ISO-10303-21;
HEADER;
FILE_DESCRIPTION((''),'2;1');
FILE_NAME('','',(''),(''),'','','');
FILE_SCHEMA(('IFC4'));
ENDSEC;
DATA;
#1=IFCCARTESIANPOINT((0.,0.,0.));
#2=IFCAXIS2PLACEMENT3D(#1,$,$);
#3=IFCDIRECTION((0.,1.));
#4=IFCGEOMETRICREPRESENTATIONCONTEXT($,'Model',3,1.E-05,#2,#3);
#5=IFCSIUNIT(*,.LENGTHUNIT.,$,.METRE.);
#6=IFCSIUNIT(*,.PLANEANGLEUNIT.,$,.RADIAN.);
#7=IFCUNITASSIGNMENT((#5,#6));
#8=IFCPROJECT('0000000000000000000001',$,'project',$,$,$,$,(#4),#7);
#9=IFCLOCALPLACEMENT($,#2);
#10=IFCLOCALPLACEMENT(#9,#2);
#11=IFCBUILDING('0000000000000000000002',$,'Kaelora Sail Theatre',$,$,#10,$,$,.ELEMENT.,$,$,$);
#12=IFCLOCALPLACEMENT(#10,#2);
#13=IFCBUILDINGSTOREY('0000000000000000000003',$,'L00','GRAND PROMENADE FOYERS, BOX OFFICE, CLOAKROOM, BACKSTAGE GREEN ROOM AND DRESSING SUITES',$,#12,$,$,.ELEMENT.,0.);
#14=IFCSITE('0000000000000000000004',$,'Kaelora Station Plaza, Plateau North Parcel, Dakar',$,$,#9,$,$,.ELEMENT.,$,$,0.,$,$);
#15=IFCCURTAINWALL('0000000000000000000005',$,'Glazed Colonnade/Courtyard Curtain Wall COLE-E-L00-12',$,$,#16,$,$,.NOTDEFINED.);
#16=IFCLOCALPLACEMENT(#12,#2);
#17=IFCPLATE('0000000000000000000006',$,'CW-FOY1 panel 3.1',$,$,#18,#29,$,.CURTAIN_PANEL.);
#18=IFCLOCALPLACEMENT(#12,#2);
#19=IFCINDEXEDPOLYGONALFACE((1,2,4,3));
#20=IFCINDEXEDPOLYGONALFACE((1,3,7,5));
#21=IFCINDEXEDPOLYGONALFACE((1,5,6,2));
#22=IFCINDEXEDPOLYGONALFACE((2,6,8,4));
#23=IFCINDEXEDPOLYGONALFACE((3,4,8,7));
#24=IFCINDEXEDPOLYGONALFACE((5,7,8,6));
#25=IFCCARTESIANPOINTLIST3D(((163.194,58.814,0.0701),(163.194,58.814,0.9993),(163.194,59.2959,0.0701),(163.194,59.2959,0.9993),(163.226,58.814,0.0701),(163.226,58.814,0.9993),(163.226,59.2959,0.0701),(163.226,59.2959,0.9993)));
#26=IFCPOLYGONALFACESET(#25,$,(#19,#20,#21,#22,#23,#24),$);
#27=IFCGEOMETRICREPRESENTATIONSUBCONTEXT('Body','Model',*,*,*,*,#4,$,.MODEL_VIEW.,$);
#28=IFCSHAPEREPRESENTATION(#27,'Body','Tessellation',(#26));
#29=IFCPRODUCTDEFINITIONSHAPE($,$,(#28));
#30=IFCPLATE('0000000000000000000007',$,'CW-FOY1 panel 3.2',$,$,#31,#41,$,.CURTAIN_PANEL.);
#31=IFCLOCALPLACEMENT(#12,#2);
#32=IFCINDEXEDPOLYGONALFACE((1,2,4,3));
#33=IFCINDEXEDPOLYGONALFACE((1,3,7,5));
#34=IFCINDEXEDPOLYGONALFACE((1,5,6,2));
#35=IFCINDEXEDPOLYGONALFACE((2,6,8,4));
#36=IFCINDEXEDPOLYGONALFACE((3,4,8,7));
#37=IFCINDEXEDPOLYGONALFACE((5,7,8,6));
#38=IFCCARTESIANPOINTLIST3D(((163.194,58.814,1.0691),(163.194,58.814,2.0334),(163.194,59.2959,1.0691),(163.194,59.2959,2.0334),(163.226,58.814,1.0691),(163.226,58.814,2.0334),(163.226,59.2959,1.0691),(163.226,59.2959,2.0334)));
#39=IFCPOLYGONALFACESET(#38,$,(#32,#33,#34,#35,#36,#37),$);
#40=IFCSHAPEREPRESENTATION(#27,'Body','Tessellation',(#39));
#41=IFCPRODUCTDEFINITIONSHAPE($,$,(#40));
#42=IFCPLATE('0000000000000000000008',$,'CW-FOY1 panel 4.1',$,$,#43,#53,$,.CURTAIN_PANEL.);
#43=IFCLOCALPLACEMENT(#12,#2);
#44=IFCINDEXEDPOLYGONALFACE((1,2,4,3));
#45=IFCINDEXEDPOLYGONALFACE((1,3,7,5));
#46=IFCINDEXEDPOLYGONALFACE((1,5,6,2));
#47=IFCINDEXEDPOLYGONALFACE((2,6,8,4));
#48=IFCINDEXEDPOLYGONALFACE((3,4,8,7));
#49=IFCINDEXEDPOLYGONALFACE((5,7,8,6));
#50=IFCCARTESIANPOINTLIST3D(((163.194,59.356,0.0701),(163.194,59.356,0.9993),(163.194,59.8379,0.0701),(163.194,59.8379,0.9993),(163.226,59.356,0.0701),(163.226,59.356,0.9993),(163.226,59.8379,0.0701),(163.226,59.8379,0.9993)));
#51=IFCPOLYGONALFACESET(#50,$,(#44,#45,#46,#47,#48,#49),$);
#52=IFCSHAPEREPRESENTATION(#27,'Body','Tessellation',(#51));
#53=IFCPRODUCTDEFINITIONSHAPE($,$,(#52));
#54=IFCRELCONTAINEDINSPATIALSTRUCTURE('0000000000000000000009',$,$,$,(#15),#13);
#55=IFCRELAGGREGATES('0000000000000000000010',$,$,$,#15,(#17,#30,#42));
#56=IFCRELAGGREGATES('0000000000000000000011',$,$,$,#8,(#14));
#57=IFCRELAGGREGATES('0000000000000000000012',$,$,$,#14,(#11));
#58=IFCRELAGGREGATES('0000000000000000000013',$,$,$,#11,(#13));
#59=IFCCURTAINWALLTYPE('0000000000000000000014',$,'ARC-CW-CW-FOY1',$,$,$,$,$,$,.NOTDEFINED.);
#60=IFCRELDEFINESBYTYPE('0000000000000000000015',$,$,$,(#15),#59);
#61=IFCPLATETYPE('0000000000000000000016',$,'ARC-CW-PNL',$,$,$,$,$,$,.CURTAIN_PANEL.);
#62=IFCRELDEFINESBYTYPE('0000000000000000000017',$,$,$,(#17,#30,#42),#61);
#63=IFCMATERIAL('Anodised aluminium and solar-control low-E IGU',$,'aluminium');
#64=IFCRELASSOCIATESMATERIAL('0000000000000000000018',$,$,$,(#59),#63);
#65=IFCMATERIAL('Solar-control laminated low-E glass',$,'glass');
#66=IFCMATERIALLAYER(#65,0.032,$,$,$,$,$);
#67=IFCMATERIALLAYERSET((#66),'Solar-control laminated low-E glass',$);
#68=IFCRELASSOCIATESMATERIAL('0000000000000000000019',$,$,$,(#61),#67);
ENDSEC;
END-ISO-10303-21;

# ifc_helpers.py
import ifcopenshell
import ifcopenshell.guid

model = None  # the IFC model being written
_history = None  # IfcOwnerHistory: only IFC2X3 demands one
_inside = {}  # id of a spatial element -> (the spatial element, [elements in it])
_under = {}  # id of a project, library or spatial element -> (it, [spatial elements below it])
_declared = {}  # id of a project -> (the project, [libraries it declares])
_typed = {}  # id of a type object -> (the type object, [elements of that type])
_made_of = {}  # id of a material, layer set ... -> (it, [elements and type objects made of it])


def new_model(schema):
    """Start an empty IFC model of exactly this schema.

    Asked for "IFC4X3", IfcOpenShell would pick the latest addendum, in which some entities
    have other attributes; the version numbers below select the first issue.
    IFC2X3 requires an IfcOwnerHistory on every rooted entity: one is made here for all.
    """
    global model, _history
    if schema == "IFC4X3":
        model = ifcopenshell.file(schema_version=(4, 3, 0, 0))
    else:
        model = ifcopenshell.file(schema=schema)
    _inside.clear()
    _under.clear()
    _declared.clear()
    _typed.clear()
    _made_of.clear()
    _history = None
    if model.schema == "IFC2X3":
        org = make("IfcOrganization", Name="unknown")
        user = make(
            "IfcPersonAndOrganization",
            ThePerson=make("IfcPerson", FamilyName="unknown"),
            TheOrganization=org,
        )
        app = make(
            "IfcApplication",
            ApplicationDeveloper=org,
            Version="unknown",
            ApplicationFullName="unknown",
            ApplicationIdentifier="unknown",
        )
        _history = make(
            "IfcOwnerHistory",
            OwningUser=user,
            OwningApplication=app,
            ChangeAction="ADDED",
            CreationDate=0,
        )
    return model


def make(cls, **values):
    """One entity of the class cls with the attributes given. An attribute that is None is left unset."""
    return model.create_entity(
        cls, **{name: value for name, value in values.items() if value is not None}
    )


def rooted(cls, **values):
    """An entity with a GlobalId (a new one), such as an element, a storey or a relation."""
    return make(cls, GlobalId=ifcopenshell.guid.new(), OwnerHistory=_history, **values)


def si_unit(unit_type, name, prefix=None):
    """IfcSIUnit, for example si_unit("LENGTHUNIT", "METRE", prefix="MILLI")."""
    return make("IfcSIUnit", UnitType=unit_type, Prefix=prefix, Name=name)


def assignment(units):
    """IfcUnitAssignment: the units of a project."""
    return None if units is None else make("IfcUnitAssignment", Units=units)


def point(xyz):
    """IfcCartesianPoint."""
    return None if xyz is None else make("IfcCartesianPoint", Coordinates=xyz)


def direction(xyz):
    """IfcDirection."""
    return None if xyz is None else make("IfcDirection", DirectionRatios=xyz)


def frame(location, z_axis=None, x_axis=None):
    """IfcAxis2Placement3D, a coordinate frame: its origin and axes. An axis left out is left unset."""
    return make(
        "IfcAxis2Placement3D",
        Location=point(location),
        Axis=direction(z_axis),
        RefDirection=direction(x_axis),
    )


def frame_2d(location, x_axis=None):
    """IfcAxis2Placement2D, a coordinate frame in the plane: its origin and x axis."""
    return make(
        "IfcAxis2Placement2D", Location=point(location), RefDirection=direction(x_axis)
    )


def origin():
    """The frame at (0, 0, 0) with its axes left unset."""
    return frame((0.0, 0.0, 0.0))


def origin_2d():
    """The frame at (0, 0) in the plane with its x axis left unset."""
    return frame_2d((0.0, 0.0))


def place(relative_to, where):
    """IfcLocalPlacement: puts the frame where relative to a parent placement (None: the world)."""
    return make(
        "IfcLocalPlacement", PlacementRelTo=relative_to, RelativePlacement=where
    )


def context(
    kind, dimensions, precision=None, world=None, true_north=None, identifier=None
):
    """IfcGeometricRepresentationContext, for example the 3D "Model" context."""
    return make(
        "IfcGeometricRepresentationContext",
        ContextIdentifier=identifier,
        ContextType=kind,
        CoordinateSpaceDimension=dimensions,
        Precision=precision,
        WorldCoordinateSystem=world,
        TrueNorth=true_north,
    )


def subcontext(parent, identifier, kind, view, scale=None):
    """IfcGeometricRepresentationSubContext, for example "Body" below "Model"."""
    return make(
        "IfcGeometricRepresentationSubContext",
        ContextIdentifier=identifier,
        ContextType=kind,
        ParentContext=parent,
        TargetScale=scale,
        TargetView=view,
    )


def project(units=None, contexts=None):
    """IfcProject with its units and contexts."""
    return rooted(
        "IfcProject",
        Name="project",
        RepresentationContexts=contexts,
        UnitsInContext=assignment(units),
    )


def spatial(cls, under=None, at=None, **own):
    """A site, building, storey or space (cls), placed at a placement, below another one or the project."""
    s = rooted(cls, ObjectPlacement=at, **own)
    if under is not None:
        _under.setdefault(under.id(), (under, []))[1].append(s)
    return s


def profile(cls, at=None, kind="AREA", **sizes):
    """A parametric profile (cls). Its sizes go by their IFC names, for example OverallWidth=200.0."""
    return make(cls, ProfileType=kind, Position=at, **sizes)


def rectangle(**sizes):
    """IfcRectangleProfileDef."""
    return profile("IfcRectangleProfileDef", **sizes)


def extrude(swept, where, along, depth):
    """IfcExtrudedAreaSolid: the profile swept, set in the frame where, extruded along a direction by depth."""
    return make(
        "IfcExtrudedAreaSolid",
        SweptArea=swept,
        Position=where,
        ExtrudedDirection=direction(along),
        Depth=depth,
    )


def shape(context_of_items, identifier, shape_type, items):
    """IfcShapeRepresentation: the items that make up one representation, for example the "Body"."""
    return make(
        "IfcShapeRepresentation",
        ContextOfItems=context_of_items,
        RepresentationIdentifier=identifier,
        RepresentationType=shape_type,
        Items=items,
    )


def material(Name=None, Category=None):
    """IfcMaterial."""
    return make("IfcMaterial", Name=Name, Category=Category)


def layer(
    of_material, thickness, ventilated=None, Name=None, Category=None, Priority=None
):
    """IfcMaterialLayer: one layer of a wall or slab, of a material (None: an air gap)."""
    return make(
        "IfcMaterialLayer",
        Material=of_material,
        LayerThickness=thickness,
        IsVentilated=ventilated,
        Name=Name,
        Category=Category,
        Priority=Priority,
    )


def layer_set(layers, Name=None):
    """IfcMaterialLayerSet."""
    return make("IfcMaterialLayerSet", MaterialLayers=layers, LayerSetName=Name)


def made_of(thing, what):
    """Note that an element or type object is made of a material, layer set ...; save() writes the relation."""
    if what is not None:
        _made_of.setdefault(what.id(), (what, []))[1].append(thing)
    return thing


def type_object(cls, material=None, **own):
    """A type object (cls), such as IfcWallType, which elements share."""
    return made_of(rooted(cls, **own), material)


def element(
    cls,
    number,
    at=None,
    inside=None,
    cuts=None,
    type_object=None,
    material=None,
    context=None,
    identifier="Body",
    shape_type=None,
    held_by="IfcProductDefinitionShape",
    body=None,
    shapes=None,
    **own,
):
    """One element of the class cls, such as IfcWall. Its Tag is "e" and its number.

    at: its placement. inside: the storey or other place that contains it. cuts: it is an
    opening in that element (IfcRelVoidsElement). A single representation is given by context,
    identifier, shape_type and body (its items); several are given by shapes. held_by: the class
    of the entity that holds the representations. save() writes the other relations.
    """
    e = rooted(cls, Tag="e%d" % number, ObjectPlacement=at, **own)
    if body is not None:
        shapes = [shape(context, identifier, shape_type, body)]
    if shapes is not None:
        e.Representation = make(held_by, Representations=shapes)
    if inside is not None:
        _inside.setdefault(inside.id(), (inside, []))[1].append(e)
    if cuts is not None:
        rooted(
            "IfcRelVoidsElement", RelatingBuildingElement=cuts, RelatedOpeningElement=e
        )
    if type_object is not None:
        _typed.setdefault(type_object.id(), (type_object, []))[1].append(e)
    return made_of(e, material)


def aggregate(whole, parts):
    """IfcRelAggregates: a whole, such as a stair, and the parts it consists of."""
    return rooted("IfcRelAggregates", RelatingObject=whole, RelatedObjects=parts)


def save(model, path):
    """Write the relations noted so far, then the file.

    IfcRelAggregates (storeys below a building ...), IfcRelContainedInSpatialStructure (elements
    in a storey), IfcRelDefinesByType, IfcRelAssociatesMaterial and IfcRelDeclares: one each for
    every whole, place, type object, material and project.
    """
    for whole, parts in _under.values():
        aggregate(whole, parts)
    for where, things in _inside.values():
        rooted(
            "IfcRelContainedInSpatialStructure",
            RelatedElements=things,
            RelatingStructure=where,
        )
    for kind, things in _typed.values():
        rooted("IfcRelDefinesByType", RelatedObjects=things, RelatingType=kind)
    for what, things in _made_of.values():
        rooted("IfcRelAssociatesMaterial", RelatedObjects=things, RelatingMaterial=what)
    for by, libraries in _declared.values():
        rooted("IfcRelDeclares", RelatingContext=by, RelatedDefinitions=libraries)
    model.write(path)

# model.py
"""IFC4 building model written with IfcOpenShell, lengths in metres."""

from ifc_helpers import new_model, si_unit, direction, frame, origin, origin_2d, place, context, subcontext, project, spatial, rectangle, extrude, material, layer, layer_set, type_object, element, aggregate, save


model = new_model("IFC4")

# Units and contexts
model_context = context("Model", 3, precision=1e-05, world=origin(), true_north=direction((0.0, 1.0)))
body_context = subcontext(model_context, "Body", "Model", "MODEL_VIEW")
ifc_project = project(units=[si_unit("LENGTHUNIT", "METRE"), si_unit("PLANEANGLEUNIT", "RADIAN")], contexts=[model_context])

# Site, building, storey
site_placement = place(None, origin())
site = spatial("IfcSite", under=ifc_project, at=site_placement, Name="Kaelora Station Plaza, Plateau North Parcel, Dakar", CompositionType="ELEMENT", RefElevation=0.0)
building_placement = place(site_placement, origin())
building = spatial("IfcBuilding", under=site, at=building_placement, Name="Kaelora Sail Theatre", CompositionType="ELEMENT")
storey_placement = place(building_placement, origin())
storey = spatial("IfcBuildingStorey", under=building, at=storey_placement, Name="L00", Description="GRAND PROMENADE FOYERS, BOX OFFICE, CLOAKROOM, BACKSTAGE GREEN ROOM AND DRESSING SUITES", CompositionType="ELEMENT", Elevation=0.0)

# Shared definitions
ifc_material_1 = material(Name="Anodised aluminium and solar-control low-E IGU", Category="aluminium")
curtain_wall_type = type_object("IfcCurtainWallType", Name="ARC-CW-CW-FOY1", PredefinedType="NOTDEFINED", material=ifc_material_1)

# Curtain wall, plates
curtain_wall_1_placement = place(storey_placement, origin())
curtain_wall_1 = element("IfcCurtainWall", 1, at=curtain_wall_1_placement, inside=storey, type_object=curtain_wall_type, Name="Glazed Colonnade/Courtyard Curtain Wall COLE-E-L00-12", PredefinedType="NOTDEFINED")
ifc_material_2 = material(Name="Solar-control laminated low-E glass", Category="glass")
ifc_layer = layer(ifc_material_2, 0.032)
ifc_layer_set = layer_set([ifc_layer], Name="Solar-control laminated low-E glass")
plate_type = type_object("IfcPlateType", Name="ARC-CW-PNL", PredefinedType="CURTAIN_PANEL", material=ifc_layer_set)
plate_1_placement = place(storey_placement, frame((163.21, 59.0549, 0.0701), z_axis=(0.0, 0.0, 1.0), x_axis=(0.0, 1.0, 0.0)))
plate_1 = element("IfcPlate", 2, at=plate_1_placement, type_object=plate_type, Name="CW-FOY1 panel 3.1", PredefinedType="CURTAIN_PANEL", context=body_context, shape_type="SweptSolid", body=[
    extrude(rectangle(XDim=0.4819, YDim=0.032, at=origin_2d()), origin(), (0.0, 0.0, 1.0), 0.9292),
])
plate_2_placement = place(storey_placement, frame((163.21, 59.0549, 1.0691), z_axis=(0.0, 0.0, 1.0), x_axis=(0.0, 1.0, 0.0)))
plate_2 = element("IfcPlate", 3, at=plate_2_placement, type_object=plate_type, Name="CW-FOY1 panel 3.2", PredefinedType="CURTAIN_PANEL", context=body_context, shape_type="SweptSolid", body=[
    extrude(rectangle(XDim=0.4819, YDim=0.032, at=origin_2d()), origin(), (0.0, 0.0, 1.0), 0.9644),
])
plate_3_placement = place(storey_placement, frame((163.21, 59.5969, 0.0701), z_axis=(0.0, 0.0, 1.0), x_axis=(0.0, 1.0, 0.0)))
plate_3 = element("IfcPlate", 4, at=plate_3_placement, type_object=plate_type, Name="CW-FOY1 panel 4.1", PredefinedType="CURTAIN_PANEL", context=body_context, shape_type="SweptSolid", body=[
    extrude(rectangle(XDim=0.4819, YDim=0.032, at=origin_2d()), origin(), (0.0, 0.0, 1.0), 0.9292),
])
aggregate(curtain_wall_1, [plate_1, plate_2, plate_3])

save(model, "model.ifc")
